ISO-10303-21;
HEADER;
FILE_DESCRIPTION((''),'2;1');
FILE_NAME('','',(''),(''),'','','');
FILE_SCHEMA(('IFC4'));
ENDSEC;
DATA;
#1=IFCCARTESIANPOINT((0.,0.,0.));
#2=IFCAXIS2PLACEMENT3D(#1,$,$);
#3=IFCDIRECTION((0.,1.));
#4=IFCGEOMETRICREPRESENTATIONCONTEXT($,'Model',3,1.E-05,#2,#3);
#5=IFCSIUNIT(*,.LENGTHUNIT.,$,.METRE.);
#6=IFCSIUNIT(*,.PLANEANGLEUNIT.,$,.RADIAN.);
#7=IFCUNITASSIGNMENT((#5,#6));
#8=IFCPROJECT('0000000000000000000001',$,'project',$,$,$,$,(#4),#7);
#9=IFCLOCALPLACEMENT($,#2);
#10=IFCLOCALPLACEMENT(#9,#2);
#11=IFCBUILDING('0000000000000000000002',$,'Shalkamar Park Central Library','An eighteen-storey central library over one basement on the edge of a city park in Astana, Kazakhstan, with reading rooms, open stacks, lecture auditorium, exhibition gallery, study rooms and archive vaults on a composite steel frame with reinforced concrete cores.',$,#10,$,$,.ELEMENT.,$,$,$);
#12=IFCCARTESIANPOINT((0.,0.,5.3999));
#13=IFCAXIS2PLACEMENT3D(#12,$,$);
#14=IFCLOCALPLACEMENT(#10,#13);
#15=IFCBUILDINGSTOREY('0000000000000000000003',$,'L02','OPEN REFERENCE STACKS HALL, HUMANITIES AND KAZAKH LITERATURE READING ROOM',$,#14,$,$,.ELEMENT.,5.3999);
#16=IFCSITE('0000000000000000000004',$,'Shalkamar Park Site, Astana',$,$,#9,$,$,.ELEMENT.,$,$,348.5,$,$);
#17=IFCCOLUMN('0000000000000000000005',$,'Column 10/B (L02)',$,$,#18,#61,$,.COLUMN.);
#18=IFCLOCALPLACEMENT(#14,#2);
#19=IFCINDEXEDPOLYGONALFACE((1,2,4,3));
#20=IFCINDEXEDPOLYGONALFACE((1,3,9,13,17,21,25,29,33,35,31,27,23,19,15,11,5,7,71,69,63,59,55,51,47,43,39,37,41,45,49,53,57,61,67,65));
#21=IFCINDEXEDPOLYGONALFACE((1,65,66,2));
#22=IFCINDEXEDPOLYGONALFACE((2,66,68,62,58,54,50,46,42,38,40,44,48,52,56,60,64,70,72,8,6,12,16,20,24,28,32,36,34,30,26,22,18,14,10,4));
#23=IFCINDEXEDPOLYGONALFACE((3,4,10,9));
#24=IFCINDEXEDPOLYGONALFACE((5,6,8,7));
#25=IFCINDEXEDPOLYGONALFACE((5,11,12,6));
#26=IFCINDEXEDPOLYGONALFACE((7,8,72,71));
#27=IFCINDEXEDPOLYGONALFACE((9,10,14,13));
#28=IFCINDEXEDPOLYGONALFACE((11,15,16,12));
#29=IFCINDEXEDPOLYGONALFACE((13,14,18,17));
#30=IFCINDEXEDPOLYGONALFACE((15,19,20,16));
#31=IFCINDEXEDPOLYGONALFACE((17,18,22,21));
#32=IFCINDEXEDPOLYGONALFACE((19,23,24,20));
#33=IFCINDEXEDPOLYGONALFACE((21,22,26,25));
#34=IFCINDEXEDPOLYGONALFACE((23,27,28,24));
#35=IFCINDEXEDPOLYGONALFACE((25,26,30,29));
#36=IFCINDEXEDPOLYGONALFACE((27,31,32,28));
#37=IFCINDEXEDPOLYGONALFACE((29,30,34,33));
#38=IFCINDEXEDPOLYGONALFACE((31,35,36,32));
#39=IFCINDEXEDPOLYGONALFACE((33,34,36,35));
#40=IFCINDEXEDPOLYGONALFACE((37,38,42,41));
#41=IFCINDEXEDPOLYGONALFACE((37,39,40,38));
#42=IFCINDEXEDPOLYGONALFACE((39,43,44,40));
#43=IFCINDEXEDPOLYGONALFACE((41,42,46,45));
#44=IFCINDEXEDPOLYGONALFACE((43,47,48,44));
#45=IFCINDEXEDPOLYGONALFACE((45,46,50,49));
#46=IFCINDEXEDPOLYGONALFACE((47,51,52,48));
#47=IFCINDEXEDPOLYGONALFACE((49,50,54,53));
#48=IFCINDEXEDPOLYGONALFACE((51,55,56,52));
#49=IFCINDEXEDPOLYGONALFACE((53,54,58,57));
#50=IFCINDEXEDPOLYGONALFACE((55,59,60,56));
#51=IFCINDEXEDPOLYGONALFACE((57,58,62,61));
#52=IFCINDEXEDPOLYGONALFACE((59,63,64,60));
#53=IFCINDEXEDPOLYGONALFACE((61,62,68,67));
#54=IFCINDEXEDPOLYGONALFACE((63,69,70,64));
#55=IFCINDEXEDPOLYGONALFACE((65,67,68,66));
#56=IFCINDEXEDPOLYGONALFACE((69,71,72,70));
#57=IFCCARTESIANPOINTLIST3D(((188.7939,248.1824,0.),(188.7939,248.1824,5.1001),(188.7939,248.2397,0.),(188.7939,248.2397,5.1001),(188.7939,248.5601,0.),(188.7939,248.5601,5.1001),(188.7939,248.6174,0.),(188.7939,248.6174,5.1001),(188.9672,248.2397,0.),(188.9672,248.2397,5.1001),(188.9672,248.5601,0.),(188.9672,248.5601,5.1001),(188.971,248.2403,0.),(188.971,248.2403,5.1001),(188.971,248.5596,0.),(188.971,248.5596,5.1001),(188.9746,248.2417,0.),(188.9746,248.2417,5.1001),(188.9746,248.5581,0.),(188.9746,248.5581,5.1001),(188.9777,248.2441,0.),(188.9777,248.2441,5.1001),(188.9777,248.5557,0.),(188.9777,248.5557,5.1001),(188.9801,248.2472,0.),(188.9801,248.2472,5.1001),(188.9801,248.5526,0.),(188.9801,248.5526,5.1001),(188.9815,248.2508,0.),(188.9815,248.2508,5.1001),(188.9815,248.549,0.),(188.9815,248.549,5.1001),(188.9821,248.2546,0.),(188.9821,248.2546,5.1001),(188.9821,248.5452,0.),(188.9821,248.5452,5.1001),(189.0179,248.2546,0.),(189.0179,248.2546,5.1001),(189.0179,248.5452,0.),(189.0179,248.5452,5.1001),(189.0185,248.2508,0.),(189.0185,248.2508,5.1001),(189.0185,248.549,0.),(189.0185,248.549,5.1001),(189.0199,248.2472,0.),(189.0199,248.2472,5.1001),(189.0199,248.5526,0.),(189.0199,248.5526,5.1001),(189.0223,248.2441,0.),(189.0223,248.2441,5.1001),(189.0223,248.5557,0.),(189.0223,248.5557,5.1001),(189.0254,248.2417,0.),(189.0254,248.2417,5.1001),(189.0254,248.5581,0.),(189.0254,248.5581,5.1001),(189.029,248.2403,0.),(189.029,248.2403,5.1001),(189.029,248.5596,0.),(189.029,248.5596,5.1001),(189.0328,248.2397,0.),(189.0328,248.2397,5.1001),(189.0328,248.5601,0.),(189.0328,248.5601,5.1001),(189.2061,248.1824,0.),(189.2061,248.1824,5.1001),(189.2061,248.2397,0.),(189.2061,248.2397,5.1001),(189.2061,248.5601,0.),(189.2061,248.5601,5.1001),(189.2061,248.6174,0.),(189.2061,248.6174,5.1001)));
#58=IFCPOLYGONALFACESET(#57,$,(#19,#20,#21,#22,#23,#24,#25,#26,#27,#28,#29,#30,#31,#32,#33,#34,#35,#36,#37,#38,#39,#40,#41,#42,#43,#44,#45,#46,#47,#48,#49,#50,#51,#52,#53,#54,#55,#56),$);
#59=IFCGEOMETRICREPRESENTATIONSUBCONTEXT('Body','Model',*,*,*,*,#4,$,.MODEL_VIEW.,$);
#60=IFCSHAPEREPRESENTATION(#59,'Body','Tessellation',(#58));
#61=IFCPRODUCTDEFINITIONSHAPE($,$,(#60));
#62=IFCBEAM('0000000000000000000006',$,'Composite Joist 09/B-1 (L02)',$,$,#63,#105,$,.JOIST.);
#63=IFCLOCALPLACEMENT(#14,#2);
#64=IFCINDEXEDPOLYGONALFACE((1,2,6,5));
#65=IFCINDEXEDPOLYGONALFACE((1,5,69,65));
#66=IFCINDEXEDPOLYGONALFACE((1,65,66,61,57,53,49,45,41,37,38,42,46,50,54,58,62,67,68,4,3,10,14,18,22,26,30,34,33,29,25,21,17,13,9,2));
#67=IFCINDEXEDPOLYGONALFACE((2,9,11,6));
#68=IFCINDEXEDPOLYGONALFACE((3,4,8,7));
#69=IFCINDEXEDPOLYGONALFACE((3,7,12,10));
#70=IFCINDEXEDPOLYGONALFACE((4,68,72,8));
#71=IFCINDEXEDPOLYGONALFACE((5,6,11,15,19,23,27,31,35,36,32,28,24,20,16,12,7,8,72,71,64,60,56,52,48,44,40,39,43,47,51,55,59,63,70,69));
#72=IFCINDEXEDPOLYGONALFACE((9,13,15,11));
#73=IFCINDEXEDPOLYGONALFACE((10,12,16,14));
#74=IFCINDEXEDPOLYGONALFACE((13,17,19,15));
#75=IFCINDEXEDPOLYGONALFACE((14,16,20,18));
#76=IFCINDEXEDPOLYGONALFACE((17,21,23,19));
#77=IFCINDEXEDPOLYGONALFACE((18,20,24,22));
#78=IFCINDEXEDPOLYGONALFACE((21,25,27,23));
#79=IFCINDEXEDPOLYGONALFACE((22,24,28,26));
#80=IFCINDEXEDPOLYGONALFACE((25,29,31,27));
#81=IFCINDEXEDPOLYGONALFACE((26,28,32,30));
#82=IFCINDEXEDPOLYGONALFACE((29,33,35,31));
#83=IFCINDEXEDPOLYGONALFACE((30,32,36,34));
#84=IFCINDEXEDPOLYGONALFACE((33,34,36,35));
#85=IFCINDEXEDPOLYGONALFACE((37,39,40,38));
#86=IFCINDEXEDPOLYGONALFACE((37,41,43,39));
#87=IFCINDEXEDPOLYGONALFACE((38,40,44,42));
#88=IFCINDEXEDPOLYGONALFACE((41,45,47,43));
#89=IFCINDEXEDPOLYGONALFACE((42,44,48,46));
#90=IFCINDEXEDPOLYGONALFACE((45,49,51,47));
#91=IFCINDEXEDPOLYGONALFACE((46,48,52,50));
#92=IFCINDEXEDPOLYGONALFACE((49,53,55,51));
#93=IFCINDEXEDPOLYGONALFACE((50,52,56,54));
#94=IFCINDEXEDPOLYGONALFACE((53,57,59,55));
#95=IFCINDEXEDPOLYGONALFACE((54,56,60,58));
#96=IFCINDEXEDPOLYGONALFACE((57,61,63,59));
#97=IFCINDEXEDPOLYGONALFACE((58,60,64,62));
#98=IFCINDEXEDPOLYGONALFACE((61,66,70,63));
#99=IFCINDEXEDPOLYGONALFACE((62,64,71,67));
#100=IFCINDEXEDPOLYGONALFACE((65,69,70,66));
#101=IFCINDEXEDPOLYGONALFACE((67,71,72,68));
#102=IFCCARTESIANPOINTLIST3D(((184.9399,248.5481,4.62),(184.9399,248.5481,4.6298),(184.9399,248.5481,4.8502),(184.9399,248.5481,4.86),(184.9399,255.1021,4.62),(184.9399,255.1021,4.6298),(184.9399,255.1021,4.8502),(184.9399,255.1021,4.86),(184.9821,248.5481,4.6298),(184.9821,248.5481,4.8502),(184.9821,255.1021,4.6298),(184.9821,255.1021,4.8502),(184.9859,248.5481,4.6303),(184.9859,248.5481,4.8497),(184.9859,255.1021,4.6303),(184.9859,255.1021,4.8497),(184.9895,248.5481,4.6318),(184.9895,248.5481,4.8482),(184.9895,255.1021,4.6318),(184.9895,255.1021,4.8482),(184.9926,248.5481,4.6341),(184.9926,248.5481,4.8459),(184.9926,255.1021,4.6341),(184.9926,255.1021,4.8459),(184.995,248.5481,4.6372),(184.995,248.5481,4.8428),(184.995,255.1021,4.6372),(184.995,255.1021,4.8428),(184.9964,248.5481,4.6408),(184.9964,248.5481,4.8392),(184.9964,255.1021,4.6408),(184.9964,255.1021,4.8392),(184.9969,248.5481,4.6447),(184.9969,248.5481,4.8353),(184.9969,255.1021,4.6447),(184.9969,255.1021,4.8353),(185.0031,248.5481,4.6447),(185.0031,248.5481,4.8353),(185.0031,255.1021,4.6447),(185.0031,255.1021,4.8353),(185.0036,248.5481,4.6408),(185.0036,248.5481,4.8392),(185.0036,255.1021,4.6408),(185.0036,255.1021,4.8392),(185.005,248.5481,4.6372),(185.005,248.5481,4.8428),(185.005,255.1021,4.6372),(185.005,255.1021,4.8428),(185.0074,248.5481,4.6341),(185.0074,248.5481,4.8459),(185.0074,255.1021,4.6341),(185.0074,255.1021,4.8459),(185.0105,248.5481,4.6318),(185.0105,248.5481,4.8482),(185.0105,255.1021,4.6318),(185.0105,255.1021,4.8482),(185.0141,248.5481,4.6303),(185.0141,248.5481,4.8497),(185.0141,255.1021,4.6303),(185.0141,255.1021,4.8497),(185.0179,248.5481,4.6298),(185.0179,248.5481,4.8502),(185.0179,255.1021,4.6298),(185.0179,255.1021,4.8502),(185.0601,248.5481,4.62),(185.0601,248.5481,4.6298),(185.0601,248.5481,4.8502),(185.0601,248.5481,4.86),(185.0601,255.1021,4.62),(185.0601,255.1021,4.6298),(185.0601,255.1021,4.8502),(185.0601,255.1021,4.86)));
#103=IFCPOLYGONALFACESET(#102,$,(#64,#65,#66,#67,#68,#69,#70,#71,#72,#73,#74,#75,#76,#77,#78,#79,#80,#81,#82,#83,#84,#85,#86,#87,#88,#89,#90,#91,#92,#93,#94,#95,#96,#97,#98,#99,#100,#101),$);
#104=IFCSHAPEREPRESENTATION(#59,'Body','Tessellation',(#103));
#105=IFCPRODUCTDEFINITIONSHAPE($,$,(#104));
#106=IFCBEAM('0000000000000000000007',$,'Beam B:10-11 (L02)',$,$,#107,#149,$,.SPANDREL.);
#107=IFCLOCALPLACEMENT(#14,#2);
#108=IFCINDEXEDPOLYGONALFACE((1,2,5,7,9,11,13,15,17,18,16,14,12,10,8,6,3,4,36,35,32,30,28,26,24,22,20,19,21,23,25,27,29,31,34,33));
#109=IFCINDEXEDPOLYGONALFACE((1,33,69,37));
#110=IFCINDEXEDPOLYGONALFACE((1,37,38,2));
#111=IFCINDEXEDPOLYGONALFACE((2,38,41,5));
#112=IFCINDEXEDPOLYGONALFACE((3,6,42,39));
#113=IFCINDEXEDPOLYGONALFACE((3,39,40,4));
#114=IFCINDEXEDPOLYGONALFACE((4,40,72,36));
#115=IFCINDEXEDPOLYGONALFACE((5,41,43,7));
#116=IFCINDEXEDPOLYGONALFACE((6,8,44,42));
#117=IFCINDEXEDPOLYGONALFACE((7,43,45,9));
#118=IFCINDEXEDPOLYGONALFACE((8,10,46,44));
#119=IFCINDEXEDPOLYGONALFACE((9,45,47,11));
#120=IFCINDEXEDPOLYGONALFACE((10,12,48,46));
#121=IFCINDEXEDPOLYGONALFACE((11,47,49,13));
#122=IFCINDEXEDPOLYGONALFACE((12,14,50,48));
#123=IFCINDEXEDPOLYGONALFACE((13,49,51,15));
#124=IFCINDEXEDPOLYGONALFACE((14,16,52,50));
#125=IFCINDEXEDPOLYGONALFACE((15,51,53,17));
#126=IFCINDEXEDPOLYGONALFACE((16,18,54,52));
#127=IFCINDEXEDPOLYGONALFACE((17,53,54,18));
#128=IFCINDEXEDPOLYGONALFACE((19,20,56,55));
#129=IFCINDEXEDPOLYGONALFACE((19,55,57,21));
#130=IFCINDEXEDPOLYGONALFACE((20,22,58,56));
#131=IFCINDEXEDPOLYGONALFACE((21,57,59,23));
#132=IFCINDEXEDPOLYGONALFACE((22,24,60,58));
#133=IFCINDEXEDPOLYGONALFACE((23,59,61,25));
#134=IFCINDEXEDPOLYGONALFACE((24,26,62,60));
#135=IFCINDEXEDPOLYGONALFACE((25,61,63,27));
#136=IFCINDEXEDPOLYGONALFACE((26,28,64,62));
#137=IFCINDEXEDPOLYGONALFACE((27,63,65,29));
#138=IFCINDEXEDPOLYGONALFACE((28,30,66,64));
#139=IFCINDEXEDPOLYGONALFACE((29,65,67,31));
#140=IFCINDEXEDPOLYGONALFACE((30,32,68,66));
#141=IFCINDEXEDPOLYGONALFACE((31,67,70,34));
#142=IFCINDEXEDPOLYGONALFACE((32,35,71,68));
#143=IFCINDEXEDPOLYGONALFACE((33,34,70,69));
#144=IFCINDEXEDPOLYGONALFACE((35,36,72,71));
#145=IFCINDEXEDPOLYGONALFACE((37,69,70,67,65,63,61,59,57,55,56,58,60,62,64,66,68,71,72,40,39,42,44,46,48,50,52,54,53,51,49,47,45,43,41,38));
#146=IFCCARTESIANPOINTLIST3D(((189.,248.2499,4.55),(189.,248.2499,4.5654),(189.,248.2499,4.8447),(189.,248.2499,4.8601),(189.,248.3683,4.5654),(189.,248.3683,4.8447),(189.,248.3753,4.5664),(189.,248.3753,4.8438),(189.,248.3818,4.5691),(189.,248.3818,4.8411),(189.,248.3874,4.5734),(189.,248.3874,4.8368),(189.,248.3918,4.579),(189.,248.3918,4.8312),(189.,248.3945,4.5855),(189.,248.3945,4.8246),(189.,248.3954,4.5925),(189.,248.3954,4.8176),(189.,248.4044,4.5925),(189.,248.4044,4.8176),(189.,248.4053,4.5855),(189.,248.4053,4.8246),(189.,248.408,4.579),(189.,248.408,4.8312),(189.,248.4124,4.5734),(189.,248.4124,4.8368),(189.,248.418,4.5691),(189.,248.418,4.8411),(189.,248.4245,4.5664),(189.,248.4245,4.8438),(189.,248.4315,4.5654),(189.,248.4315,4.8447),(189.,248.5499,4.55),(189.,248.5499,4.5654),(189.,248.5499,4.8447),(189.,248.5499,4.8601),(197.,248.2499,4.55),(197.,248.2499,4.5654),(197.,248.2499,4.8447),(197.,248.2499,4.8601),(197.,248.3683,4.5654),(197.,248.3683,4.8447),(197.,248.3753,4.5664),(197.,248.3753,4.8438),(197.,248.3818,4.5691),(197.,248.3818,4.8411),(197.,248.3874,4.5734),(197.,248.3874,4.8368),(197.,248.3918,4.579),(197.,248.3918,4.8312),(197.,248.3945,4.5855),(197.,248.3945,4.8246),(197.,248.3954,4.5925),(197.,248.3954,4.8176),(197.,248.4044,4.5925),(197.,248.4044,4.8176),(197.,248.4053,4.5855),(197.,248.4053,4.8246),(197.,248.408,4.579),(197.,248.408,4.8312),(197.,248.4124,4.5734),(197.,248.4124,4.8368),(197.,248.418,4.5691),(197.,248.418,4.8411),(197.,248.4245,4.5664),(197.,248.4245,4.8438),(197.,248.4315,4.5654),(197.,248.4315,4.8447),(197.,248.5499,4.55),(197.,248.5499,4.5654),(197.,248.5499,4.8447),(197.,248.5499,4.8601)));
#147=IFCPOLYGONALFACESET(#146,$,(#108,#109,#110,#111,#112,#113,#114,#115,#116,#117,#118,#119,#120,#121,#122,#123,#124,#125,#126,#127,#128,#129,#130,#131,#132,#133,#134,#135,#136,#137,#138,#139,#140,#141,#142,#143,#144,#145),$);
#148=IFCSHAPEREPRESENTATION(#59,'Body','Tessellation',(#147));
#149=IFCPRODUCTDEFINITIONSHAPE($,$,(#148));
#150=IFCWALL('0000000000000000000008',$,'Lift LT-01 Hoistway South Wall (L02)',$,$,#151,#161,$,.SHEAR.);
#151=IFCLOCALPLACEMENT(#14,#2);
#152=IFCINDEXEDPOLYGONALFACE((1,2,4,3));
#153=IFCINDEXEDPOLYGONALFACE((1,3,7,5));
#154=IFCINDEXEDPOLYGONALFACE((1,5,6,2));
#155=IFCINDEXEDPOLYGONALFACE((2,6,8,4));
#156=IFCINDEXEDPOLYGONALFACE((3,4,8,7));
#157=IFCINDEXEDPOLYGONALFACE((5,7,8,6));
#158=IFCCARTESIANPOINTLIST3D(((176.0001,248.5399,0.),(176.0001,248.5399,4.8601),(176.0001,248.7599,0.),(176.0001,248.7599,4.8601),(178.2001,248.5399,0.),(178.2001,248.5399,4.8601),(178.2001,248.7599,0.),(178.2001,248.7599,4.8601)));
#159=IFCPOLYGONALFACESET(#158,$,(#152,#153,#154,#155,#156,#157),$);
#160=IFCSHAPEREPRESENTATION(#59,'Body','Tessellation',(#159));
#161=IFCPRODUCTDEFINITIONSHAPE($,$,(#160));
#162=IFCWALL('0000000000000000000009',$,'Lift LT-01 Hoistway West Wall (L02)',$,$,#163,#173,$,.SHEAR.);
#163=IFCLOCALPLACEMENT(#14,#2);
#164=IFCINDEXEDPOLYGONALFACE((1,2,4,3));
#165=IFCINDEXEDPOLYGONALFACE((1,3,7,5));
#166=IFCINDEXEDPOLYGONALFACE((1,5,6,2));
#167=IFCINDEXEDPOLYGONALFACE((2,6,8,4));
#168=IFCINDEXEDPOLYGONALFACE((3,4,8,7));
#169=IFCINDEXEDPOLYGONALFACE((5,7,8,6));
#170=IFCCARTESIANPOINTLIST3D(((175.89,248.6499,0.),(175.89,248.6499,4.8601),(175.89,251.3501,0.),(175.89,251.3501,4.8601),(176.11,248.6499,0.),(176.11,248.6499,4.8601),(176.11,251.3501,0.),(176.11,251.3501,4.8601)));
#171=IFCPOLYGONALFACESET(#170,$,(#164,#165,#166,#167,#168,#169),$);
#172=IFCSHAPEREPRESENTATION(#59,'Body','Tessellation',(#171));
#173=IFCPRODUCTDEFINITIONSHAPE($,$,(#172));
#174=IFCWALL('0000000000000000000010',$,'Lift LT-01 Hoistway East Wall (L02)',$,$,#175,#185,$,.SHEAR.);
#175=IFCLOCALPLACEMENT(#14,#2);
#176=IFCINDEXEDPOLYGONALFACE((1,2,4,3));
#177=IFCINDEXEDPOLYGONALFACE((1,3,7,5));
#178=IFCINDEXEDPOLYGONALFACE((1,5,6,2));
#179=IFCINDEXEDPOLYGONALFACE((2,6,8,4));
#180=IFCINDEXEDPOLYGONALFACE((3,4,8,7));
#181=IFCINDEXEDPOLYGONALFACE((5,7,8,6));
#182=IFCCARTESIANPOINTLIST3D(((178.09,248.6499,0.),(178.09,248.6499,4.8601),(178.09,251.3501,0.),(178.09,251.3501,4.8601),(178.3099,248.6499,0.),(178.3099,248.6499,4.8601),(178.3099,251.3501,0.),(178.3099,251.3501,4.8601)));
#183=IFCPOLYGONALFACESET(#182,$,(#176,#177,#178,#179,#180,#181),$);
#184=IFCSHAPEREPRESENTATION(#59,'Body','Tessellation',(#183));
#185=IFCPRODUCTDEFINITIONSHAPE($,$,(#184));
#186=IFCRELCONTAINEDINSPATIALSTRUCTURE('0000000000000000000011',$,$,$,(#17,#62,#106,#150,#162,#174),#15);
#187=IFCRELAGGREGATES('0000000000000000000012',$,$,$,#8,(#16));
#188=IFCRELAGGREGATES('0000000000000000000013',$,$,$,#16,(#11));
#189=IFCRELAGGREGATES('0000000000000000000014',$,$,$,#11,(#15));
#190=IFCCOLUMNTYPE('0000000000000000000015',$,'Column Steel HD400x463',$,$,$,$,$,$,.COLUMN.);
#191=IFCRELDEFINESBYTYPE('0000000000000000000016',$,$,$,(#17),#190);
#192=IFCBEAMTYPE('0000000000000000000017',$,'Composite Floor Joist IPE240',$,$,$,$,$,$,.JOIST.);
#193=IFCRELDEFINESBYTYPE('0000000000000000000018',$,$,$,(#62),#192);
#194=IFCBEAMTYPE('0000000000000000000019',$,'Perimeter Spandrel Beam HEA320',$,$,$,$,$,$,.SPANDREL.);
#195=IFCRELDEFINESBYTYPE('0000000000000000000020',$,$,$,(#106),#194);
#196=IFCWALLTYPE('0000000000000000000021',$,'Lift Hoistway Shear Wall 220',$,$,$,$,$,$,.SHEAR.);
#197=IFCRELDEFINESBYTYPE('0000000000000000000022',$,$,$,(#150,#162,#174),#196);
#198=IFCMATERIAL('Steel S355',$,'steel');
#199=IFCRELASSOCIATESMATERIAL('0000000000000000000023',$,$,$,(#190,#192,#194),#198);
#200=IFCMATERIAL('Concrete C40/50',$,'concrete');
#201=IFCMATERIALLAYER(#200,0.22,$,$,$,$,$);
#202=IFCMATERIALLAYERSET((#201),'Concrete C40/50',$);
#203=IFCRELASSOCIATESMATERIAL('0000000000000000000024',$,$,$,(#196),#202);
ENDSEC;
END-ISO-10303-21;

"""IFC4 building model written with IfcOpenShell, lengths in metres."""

from ifc_helpers import new_model, si_unit, direction, frame, frame_2d, origin, origin_2d, place, context, subcontext, project, spatial, rectangle, i_section, extrude, material, layer, layer_set, material_profile, profile_set, type_object, element, save


model = new_model("IFC4")

# Units and contexts
model_context = context("Model", 3, precision=1e-05, world=origin(), true_north=direction((0.0, 1.0)))
body_context = subcontext(model_context, "Body", "Model", "MODEL_VIEW")
ifc_project = project(units=[si_unit("LENGTHUNIT", "METRE"), si_unit("PLANEANGLEUNIT", "RADIAN")], contexts=[model_context])

# Site, building, storey
site_placement = place(None, origin())
site = spatial("IfcSite", under=ifc_project, at=site_placement, Name="Shalkamar Park Site, Astana", CompositionType="ELEMENT", RefElevation=348.5)
building_placement = place(site_placement, origin())
building = spatial("IfcBuilding", under=site, at=building_placement, Name="Shalkamar Park Central Library", Description="An eighteen-storey central library over one basement on the edge of a city park in Astana, Kazakhstan, with reading rooms, open stacks, lecture auditorium, exhibition gallery, study rooms and archive vaults on a composite steel frame with reinforced concrete cores.", CompositionType="ELEMENT")
storey_placement = place(building_placement, frame((0.0, 0.0, 5.3999)))
storey = spatial("IfcBuildingStorey", under=building, at=storey_placement, Name="L02", Description="OPEN REFERENCE STACKS HALL, HUMANITIES AND KAZAKH LITERATURE READING ROOM", CompositionType="ELEMENT", Elevation=5.3999)

# Column
ifc_material_1 = material(Name="Steel S355", Category="steel")
ifc_material_profile_1 = material_profile(ifc_material_1, i_section(OverallWidth=0.4121, OverallDepth=0.4351, WebThickness=0.0359, FlangeThickness=0.0574, FilletRadius=0.0149, at=origin_2d()), Name="HD 400x463")
ifc_profile_set_1 = profile_set([ifc_material_profile_1], Name="Steel S355")
column_type = type_object("IfcColumnType", Name="Column Steel HD400x463", PredefinedType="COLUMN", material=ifc_profile_set_1)
column_placement = place(storey_placement, frame((189.0, 248.3999, 0.0), z_axis=(0.0, 0.0, 1.0), x_axis=(1.0, 0.0, 0.0)))
element("IfcColumn", 1, at=column_placement, inside=storey, type_object=column_type, Name="Column 10/B (L02)", PredefinedType="COLUMN", context=body_context, shape_type="SweptSolid", body=[
    extrude(i_section(OverallWidth=0.4121, OverallDepth=0.4351, WebThickness=0.0359, FlangeThickness=0.0574, FilletRadius=0.0149, at=origin_2d()), origin(), (0.0, 0.0, 1.0), 5.1001),
])

# Beams
ifc_material_profile_2 = material_profile(ifc_material_1, i_section(OverallWidth=0.1201, OverallDepth=0.24, WebThickness=0.0061, FlangeThickness=0.0098, FilletRadius=0.0149, at=origin_2d()), Name="IPE 240")
ifc_profile_set_2 = profile_set([ifc_material_profile_2], Name="Steel S355")
beam_type_1 = type_object("IfcBeamType", Name="Composite Floor Joist IPE240", PredefinedType="JOIST", material=ifc_profile_set_2)
beam_1_placement = place(storey_placement, frame((185.0, 248.5481, 4.74), z_axis=(0.0, 1.0, 0.0), x_axis=(-1.0, 0.0, 0.0)))
element("IfcBeam", 2, at=beam_1_placement, inside=storey, type_object=beam_type_1, Name="Composite Joist 09/B-1 (L02)", PredefinedType="JOIST", context=body_context, shape_type="SweptSolid", body=[
    extrude(i_section(OverallWidth=0.1201, OverallDepth=0.24, WebThickness=0.0061, FlangeThickness=0.0098, FilletRadius=0.0149, at=origin_2d()), origin(), (0.0, 0.0, 1.0), 6.554),
])
ifc_material_profile_3 = material_profile(ifc_material_1, i_section(OverallWidth=0.3, OverallDepth=0.3101, WebThickness=0.009, FlangeThickness=0.0154, FilletRadius=0.0271, at=origin_2d()), Name="HEA 320")
ifc_profile_set_3 = profile_set([ifc_material_profile_3], Name="Steel S355")
beam_type_2 = type_object("IfcBeamType", Name="Perimeter Spandrel Beam HEA320", PredefinedType="SPANDREL", material=ifc_profile_set_3)
beam_2_placement = place(storey_placement, frame((189.0, 248.3999, 4.7051), z_axis=(1.0, 0.0, 0.0), x_axis=(0.0, 1.0, 0.0)))
element("IfcBeam", 3, at=beam_2_placement, inside=storey, type_object=beam_type_2, Name="Beam B:10-11 (L02)", PredefinedType="SPANDREL", context=body_context, shape_type="SweptSolid", body=[
    extrude(i_section(OverallWidth=0.3, OverallDepth=0.3101, WebThickness=0.009, FlangeThickness=0.0154, FilletRadius=0.0271, at=origin_2d()), origin(), (0.0, 0.0, 1.0), 8.0),
])

# Walls
ifc_material_2 = material(Name="Concrete C40/50", Category="concrete")
ifc_layer_1 = layer(ifc_material_2, 0.22)
ifc_layer_set_1 = layer_set([ifc_layer_1], Name="Concrete C40/50")
wall_type_1 = type_object("IfcWallType", Name="Lift Hoistway Shear Wall 220", PredefinedType="SHEAR", material=ifc_layer_set_1)
wall_1_placement = place(storey_placement, frame((176.0, 248.6499, 0.0), z_axis=(0.0, 0.0, 1.0), x_axis=(1.0, 0.0, 0.0)))
element("IfcWall", 4, at=wall_1_placement, inside=storey, type_object=wall_type_1, Name="Lift LT-01 Hoistway South Wall (L02)", PredefinedType="SHEAR", context=body_context, shape_type="SweptSolid", body=[
    extrude(rectangle(XDim=2.2, YDim=0.22, at=frame_2d((1.1001, 0.0))), origin(), (0.0, 0.0, 1.0), 4.8601),
])
for number, where, z_axis, x_axis, name in (
    (5, (176.0, 248.6499, 0.0), (0.0, 0.0, 1.0), (0.0, 1.0, 0.0), "Lift LT-01 Hoistway West Wall (L02)"),
    (6, (178.2, 248.6499, 0.0), (0.0, 0.0, 1.0), (0.0, 1.0, 0.0), "Lift LT-01 Hoistway East Wall (L02)"),
):
    element("IfcWall", number, at=place(storey_placement, frame(where, z_axis=z_axis, x_axis=x_axis)), inside=storey, type_object=wall_type_1, Name=name, PredefinedType="SHEAR", context=body_context, shape_type="SweptSolid", body=[
        extrude(rectangle(XDim=2.7002, YDim=0.22, at=frame_2d((1.3501, 0.0))), origin(), (0.0, 0.0, 1.0), 4.8601),
    ])

save(model, "model.ifc")
